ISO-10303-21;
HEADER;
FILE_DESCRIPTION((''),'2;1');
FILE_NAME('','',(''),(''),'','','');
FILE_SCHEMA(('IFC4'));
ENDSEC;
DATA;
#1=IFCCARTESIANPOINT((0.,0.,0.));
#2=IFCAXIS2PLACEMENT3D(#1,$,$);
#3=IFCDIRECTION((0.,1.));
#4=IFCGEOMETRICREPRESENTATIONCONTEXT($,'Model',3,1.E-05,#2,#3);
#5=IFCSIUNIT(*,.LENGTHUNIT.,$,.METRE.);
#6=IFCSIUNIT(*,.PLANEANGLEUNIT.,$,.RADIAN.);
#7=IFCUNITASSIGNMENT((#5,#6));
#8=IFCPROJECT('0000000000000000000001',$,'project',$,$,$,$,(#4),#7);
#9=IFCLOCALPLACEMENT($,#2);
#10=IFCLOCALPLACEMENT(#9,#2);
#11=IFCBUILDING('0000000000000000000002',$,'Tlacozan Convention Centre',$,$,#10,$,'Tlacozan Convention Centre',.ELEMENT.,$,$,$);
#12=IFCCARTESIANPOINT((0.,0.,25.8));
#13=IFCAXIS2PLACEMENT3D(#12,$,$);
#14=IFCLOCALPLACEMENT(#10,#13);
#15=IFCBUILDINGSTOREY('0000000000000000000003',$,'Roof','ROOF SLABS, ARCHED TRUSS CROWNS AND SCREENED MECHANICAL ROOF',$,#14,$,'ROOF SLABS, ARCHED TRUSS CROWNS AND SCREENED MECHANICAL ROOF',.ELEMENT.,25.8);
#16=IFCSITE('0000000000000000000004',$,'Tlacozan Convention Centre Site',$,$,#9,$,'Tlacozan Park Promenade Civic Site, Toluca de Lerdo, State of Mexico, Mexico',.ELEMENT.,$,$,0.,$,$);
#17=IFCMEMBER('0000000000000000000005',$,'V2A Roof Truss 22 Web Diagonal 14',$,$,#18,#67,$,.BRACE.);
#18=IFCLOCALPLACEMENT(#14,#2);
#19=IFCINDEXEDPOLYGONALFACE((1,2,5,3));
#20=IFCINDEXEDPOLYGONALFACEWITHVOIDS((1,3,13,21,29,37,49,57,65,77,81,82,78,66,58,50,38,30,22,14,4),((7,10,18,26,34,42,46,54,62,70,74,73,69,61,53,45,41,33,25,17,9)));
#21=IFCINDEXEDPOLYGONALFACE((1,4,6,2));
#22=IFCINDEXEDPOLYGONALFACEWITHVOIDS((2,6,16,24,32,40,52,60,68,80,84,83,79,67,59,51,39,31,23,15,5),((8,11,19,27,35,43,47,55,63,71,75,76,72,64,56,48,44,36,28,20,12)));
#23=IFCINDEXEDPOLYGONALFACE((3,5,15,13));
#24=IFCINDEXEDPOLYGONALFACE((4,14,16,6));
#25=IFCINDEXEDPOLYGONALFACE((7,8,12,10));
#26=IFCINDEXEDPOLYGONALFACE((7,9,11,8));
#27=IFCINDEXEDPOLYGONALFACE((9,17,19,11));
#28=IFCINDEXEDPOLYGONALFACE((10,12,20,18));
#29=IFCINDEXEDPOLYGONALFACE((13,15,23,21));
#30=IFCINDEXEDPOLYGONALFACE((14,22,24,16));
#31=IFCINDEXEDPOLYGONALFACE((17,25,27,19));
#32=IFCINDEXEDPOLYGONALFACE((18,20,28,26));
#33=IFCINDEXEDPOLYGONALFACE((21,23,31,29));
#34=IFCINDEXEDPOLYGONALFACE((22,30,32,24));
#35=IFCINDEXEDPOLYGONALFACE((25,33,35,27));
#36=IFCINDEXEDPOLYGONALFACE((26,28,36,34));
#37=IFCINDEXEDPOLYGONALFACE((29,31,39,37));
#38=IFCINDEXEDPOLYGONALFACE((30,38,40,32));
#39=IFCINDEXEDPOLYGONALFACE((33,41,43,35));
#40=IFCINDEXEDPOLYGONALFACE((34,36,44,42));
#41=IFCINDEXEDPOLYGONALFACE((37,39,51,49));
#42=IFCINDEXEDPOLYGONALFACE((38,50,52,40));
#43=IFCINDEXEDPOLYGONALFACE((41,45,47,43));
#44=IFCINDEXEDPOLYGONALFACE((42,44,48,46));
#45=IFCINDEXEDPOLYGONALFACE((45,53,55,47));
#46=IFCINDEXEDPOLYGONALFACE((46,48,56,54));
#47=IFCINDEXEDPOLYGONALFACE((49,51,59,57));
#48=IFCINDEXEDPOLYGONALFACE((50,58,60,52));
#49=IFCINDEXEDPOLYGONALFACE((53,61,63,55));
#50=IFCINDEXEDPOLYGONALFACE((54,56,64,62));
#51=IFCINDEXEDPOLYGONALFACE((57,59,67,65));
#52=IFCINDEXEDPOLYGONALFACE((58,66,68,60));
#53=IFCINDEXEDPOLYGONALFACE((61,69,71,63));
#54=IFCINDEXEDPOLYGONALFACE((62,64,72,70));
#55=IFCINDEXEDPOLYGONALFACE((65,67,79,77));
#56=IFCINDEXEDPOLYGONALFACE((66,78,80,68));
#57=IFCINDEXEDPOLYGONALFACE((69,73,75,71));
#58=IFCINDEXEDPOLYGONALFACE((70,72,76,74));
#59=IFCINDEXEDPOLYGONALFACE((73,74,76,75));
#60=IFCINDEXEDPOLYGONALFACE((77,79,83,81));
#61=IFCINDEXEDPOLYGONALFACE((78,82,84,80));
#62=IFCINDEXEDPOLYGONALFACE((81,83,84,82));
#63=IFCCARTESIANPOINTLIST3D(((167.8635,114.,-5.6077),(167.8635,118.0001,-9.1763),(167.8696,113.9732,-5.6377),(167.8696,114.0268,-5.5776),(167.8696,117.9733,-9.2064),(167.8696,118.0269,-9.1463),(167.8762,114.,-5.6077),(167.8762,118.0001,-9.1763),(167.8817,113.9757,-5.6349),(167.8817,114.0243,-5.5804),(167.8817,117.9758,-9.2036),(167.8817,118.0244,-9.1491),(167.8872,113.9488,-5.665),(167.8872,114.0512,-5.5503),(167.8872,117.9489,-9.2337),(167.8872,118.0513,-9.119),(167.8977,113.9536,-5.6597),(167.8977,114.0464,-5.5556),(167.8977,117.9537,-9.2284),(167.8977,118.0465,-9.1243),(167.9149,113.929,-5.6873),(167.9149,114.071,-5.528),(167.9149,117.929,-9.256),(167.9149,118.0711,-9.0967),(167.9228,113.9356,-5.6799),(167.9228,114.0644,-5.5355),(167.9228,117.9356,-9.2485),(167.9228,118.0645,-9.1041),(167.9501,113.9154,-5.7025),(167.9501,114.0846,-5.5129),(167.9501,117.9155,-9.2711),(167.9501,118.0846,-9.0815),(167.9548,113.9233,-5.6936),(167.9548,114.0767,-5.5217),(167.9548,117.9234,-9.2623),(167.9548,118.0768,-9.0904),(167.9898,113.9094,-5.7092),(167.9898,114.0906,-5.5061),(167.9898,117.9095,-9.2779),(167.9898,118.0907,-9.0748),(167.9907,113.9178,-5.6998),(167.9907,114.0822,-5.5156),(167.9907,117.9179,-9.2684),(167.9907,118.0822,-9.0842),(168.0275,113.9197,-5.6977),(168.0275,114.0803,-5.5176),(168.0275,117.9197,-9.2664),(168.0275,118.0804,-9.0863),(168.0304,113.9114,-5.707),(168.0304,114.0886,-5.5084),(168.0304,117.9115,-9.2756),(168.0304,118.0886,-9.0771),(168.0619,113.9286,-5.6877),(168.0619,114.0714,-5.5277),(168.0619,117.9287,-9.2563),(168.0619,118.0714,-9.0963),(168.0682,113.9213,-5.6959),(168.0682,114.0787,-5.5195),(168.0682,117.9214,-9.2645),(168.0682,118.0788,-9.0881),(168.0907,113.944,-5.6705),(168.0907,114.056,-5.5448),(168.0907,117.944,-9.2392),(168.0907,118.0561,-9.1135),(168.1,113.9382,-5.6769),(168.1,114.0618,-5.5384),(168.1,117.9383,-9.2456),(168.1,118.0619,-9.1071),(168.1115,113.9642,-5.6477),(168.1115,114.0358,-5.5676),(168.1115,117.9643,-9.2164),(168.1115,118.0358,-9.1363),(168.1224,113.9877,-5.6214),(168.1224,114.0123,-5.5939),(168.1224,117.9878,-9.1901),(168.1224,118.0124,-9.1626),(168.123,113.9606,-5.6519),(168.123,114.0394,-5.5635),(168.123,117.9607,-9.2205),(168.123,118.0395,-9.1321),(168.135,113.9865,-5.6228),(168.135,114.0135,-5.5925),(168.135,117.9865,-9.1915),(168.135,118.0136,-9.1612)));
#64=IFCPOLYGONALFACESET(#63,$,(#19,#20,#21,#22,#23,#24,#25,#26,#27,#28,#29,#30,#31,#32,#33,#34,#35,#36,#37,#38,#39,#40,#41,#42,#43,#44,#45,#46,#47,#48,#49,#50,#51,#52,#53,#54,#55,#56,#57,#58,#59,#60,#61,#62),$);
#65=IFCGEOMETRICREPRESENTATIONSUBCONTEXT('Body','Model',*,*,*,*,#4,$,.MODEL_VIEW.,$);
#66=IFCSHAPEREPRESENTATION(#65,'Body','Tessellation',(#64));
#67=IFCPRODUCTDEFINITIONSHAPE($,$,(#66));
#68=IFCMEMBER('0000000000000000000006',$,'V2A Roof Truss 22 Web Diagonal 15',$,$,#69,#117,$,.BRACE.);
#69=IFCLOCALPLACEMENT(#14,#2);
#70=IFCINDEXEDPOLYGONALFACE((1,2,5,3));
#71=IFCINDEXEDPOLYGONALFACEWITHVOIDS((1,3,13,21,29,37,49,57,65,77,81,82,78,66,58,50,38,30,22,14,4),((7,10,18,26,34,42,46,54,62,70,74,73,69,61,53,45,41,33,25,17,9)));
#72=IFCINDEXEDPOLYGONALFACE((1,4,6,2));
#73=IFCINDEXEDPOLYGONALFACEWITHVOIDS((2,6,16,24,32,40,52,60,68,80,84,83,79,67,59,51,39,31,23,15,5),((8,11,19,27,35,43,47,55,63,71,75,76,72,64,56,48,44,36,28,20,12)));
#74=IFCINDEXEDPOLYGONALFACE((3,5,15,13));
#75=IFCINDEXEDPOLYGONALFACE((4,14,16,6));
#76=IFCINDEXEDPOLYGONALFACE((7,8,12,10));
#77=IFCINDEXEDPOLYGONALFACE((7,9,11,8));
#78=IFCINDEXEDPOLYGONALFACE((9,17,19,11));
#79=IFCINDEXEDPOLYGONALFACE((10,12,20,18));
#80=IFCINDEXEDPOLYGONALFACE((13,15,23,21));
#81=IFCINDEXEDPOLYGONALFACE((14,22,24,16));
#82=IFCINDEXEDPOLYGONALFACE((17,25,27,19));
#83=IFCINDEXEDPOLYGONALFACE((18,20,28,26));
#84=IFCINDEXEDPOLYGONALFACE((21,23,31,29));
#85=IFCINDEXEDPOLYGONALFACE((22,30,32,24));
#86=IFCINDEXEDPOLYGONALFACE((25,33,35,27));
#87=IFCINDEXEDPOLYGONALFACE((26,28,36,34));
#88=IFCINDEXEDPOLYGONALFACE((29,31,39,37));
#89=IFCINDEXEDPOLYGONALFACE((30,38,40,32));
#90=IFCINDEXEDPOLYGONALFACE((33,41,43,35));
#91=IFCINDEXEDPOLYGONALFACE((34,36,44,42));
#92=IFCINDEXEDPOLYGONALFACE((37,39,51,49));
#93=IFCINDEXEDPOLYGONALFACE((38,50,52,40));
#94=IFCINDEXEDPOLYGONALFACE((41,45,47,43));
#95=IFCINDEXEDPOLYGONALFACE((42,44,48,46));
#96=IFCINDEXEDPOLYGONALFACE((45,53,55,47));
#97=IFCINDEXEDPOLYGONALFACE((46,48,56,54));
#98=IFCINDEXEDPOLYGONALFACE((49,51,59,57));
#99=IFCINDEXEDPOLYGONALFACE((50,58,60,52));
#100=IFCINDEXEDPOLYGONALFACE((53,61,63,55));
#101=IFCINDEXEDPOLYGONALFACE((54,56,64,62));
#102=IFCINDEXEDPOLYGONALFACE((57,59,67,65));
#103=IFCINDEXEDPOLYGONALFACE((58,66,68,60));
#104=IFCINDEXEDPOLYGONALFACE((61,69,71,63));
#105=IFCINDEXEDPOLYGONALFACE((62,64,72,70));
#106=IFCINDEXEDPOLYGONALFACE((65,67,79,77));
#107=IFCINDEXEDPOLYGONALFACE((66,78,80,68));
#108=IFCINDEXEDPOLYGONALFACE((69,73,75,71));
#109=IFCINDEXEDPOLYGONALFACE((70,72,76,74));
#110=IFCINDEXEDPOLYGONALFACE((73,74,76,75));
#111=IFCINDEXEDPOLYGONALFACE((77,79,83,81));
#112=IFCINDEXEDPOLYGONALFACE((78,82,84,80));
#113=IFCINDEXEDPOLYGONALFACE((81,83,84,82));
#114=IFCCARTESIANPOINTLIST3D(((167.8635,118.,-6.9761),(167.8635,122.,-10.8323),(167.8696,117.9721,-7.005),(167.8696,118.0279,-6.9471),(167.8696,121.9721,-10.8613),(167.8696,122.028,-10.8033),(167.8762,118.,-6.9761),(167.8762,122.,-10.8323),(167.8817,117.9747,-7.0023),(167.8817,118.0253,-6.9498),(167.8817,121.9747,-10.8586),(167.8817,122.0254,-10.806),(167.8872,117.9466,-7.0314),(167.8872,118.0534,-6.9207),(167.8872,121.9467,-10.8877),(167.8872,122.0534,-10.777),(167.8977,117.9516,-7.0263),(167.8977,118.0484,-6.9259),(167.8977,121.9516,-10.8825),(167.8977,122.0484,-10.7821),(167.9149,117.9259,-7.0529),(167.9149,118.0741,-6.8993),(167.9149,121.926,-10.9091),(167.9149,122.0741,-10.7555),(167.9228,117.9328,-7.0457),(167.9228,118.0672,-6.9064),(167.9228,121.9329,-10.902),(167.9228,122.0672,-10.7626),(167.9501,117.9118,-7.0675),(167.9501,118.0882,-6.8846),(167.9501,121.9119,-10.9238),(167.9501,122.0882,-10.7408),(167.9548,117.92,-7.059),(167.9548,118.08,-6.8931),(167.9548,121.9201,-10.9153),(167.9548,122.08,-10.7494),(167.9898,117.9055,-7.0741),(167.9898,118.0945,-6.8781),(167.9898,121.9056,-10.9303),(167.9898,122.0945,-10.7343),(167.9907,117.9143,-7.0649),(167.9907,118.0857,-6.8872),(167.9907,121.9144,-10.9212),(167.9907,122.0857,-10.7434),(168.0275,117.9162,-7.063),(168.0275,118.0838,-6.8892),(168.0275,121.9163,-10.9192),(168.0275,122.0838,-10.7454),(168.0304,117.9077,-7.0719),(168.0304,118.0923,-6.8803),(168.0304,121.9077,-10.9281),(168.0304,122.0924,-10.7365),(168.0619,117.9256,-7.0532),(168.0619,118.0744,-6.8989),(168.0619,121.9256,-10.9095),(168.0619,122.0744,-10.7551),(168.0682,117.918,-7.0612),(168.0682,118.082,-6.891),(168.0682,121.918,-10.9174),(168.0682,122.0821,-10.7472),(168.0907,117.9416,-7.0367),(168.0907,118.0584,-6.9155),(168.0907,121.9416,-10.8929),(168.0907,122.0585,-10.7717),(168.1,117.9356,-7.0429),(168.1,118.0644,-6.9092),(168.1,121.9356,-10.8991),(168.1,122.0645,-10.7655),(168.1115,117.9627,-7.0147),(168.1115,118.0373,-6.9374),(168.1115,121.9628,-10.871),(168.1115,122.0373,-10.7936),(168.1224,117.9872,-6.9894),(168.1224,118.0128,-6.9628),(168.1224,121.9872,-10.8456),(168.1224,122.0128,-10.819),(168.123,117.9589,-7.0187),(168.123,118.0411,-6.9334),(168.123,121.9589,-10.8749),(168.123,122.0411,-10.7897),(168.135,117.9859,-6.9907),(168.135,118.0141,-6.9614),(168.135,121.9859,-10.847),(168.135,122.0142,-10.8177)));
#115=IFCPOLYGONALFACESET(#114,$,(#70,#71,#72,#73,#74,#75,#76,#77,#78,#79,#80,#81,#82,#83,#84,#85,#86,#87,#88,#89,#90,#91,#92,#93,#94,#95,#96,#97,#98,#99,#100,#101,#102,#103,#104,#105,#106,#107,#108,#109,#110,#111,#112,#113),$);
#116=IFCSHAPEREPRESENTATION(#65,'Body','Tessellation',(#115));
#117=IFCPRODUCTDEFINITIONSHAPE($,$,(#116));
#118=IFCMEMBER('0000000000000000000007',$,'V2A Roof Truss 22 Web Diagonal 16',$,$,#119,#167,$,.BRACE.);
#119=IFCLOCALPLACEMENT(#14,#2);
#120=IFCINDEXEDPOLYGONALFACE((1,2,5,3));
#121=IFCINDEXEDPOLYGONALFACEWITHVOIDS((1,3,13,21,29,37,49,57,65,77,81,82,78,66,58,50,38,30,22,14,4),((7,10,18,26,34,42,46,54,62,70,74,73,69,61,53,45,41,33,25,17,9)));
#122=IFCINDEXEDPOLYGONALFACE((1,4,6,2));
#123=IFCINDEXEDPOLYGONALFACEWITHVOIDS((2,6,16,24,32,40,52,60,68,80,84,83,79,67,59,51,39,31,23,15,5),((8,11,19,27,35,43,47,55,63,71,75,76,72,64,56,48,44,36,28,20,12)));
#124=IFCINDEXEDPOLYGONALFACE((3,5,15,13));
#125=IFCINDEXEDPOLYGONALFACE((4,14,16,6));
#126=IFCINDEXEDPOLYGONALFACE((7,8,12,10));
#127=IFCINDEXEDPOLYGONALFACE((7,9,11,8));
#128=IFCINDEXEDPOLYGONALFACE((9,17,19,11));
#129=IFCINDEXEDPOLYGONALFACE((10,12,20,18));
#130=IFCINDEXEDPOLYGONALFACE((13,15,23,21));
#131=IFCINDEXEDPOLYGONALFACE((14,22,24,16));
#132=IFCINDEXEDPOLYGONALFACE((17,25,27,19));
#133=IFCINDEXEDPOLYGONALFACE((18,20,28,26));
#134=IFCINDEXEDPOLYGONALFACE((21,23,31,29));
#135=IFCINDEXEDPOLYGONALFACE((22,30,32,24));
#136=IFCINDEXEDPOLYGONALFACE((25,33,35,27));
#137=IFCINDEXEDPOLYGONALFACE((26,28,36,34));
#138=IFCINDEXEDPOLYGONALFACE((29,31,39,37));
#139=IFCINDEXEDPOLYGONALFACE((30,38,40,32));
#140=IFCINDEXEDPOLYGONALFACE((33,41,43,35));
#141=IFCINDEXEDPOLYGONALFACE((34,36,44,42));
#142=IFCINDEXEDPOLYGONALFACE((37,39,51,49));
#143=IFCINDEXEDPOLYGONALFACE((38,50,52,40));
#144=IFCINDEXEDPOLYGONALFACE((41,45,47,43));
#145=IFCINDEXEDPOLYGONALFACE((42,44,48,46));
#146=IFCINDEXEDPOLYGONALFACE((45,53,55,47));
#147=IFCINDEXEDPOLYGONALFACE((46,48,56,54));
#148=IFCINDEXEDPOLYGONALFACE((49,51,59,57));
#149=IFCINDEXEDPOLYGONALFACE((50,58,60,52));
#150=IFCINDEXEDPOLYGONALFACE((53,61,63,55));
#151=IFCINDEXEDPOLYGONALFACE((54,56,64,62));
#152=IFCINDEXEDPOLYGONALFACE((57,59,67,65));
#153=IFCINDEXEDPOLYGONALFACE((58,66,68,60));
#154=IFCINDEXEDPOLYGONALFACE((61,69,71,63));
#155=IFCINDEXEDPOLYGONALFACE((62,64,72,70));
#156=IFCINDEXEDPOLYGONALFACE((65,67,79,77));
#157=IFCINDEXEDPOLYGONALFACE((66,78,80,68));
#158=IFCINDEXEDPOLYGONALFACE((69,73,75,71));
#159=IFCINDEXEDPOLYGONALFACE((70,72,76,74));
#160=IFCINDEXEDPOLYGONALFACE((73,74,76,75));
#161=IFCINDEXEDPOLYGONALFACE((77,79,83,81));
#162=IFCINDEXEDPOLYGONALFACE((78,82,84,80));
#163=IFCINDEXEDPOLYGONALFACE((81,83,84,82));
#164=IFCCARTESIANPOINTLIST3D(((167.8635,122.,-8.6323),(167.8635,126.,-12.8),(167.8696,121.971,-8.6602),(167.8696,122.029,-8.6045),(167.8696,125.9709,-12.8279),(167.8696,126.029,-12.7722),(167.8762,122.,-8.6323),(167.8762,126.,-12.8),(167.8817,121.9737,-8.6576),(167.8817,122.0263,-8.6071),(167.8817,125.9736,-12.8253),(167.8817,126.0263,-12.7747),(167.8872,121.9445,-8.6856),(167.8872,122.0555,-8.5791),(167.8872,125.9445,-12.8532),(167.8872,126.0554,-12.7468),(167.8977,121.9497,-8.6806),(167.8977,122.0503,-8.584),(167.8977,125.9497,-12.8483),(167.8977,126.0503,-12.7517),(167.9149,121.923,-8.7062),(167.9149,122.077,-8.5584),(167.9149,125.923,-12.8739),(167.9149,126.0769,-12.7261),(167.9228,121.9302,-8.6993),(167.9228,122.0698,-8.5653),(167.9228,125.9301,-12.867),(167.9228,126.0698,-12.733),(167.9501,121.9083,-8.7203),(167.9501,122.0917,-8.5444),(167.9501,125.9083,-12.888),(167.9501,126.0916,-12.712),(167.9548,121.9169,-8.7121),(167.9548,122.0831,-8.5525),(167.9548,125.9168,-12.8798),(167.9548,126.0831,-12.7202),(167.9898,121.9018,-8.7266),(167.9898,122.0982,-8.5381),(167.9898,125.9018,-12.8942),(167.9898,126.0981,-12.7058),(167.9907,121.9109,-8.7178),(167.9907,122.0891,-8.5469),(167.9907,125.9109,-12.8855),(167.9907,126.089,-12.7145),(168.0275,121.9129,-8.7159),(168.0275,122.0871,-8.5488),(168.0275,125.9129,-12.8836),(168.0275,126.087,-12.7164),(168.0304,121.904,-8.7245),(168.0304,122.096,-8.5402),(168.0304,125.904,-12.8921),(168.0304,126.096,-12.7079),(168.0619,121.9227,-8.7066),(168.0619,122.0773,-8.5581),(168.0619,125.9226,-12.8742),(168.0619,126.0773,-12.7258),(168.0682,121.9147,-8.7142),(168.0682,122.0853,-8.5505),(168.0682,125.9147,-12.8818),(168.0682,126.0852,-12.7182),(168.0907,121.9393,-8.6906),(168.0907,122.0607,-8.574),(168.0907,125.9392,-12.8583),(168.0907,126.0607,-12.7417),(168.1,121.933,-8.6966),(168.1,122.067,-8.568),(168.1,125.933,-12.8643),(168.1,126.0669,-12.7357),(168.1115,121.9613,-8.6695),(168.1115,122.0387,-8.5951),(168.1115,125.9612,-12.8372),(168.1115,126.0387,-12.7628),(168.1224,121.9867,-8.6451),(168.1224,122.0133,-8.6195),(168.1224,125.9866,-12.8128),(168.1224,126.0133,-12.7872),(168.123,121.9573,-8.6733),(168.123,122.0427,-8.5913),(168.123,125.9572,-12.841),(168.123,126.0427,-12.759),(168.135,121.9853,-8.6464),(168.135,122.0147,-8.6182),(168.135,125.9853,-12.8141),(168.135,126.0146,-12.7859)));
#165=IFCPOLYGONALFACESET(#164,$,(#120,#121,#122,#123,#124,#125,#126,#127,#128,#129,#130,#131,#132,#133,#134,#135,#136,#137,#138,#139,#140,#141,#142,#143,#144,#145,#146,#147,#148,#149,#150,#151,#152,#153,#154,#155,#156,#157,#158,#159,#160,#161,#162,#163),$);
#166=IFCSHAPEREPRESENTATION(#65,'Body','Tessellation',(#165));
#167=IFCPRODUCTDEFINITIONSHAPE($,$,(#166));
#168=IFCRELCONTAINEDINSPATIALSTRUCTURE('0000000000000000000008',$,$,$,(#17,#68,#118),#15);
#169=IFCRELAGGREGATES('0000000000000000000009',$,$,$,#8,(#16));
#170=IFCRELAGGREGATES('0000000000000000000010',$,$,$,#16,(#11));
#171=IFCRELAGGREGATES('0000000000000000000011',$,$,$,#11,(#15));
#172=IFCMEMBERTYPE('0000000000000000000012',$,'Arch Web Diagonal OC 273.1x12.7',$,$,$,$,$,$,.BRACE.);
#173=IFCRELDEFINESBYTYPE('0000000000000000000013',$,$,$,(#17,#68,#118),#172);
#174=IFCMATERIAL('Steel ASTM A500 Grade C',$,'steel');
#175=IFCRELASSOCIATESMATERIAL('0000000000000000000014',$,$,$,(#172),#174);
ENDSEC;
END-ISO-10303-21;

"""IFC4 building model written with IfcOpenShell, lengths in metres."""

from ifc_helpers import new_model, si_unit, direction, frame, origin, origin_2d, place, context, subcontext, project, spatial, hollow_circle, extrude, material, material_profile, profile_set, type_object, element, save


model = new_model("IFC4")

# Units and contexts
model_context = context("Model", 3, precision=1e-05, world=origin(), true_north=direction((0.0, 1.0)))
body_context = subcontext(model_context, "Body", "Model", "MODEL_VIEW")
ifc_project = project(units=[si_unit("LENGTHUNIT", "METRE"), si_unit("PLANEANGLEUNIT", "RADIAN")], contexts=[model_context])

# Site, building, storey
site_placement = place(None, origin())
site = spatial("IfcSite", under=ifc_project, at=site_placement, Name="Tlacozan Convention Centre Site", LongName="Tlacozan Park Promenade Civic Site, Toluca de Lerdo, State of Mexico, Mexico", CompositionType="ELEMENT", RefElevation=0.0)
building_placement = place(site_placement, origin())
building = spatial("IfcBuilding", under=site, at=building_placement, Name="Tlacozan Convention Centre", LongName="Tlacozan Convention Centre", CompositionType="ELEMENT")
storey_placement = place(building_placement, frame((0.0, 0.0, 25.8)))
storey = spatial("IfcBuildingStorey", under=building, at=storey_placement, Name="Roof", Description="ROOF SLABS, ARCHED TRUSS CROWNS AND SCREENED MECHANICAL ROOF", LongName="ROOF SLABS, ARCHED TRUSS CROWNS AND SCREENED MECHANICAL ROOF", CompositionType="ELEMENT", Elevation=25.8)

# Members
ifc_material_1 = material(Name="Steel ASTM A500 Grade C", Category="steel")
ifc_material_profile_1 = material_profile(ifc_material_1, hollow_circle(Radius=0.1365, WallThickness=0.0127, at=origin_2d()), Name="OC 273.1x12.7")
ifc_profile_set_1 = profile_set([ifc_material_profile_1], Name="Steel ASTM A500 Grade C")
member_type_1 = type_object("IfcMemberType", Name="Arch Web Diagonal OC 273.1x12.7", PredefinedType="BRACE", material=ifc_profile_set_1)
member_1_placement = place(storey_placement, frame((168.0, 114.0, -5.6077), z_axis=(0.0, 0.746199, -0.665722), x_axis=(-1.0, 0.0, 0.0)))
element("IfcMember", 1, at=member_1_placement, inside=storey, type_object=member_type_1, Name="V2A Roof Truss 22 Web Diagonal 14", PredefinedType="BRACE", context=body_context, shape_type="SweptSolid", body=[
    extrude(hollow_circle(Radius=0.1365, WallThickness=0.0127, at=origin_2d()), origin(), (0.0, 0.0, 1.0), 5.3606),
])
member_2_placement = place(storey_placement, frame((168.0, 118.0, -6.9761), z_axis=(0.0, 0.719929, -0.694048), x_axis=(-1.0, 0.0, 0.0)))
element("IfcMember", 2, at=member_2_placement, inside=storey, type_object=member_type_1, Name="V2A Roof Truss 22 Web Diagonal 15", PredefinedType="BRACE", context=body_context, shape_type="SweptSolid", body=[
    extrude(hollow_circle(Radius=0.1365, WallThickness=0.0127, at=origin_2d()), origin(), (0.0, 0.0, 1.0), 5.5562),
])
member_3_placement = place(storey_placement, frame((168.0, 122.0, -8.6323), z_axis=(0.0, 0.69244, -0.721475), x_axis=(-1.0, 0.0, 0.0)))
element("IfcMember", 3, at=member_3_placement, inside=storey, type_object=member_type_1, Name="V2A Roof Truss 22 Web Diagonal 16", PredefinedType="BRACE", context=body_context, shape_type="SweptSolid", body=[
    extrude(hollow_circle(Radius=0.1365, WallThickness=0.0127, at=origin_2d()), origin(), (0.0, 0.0, 1.0), 5.7766),
])

save(model, "model.ifc")
